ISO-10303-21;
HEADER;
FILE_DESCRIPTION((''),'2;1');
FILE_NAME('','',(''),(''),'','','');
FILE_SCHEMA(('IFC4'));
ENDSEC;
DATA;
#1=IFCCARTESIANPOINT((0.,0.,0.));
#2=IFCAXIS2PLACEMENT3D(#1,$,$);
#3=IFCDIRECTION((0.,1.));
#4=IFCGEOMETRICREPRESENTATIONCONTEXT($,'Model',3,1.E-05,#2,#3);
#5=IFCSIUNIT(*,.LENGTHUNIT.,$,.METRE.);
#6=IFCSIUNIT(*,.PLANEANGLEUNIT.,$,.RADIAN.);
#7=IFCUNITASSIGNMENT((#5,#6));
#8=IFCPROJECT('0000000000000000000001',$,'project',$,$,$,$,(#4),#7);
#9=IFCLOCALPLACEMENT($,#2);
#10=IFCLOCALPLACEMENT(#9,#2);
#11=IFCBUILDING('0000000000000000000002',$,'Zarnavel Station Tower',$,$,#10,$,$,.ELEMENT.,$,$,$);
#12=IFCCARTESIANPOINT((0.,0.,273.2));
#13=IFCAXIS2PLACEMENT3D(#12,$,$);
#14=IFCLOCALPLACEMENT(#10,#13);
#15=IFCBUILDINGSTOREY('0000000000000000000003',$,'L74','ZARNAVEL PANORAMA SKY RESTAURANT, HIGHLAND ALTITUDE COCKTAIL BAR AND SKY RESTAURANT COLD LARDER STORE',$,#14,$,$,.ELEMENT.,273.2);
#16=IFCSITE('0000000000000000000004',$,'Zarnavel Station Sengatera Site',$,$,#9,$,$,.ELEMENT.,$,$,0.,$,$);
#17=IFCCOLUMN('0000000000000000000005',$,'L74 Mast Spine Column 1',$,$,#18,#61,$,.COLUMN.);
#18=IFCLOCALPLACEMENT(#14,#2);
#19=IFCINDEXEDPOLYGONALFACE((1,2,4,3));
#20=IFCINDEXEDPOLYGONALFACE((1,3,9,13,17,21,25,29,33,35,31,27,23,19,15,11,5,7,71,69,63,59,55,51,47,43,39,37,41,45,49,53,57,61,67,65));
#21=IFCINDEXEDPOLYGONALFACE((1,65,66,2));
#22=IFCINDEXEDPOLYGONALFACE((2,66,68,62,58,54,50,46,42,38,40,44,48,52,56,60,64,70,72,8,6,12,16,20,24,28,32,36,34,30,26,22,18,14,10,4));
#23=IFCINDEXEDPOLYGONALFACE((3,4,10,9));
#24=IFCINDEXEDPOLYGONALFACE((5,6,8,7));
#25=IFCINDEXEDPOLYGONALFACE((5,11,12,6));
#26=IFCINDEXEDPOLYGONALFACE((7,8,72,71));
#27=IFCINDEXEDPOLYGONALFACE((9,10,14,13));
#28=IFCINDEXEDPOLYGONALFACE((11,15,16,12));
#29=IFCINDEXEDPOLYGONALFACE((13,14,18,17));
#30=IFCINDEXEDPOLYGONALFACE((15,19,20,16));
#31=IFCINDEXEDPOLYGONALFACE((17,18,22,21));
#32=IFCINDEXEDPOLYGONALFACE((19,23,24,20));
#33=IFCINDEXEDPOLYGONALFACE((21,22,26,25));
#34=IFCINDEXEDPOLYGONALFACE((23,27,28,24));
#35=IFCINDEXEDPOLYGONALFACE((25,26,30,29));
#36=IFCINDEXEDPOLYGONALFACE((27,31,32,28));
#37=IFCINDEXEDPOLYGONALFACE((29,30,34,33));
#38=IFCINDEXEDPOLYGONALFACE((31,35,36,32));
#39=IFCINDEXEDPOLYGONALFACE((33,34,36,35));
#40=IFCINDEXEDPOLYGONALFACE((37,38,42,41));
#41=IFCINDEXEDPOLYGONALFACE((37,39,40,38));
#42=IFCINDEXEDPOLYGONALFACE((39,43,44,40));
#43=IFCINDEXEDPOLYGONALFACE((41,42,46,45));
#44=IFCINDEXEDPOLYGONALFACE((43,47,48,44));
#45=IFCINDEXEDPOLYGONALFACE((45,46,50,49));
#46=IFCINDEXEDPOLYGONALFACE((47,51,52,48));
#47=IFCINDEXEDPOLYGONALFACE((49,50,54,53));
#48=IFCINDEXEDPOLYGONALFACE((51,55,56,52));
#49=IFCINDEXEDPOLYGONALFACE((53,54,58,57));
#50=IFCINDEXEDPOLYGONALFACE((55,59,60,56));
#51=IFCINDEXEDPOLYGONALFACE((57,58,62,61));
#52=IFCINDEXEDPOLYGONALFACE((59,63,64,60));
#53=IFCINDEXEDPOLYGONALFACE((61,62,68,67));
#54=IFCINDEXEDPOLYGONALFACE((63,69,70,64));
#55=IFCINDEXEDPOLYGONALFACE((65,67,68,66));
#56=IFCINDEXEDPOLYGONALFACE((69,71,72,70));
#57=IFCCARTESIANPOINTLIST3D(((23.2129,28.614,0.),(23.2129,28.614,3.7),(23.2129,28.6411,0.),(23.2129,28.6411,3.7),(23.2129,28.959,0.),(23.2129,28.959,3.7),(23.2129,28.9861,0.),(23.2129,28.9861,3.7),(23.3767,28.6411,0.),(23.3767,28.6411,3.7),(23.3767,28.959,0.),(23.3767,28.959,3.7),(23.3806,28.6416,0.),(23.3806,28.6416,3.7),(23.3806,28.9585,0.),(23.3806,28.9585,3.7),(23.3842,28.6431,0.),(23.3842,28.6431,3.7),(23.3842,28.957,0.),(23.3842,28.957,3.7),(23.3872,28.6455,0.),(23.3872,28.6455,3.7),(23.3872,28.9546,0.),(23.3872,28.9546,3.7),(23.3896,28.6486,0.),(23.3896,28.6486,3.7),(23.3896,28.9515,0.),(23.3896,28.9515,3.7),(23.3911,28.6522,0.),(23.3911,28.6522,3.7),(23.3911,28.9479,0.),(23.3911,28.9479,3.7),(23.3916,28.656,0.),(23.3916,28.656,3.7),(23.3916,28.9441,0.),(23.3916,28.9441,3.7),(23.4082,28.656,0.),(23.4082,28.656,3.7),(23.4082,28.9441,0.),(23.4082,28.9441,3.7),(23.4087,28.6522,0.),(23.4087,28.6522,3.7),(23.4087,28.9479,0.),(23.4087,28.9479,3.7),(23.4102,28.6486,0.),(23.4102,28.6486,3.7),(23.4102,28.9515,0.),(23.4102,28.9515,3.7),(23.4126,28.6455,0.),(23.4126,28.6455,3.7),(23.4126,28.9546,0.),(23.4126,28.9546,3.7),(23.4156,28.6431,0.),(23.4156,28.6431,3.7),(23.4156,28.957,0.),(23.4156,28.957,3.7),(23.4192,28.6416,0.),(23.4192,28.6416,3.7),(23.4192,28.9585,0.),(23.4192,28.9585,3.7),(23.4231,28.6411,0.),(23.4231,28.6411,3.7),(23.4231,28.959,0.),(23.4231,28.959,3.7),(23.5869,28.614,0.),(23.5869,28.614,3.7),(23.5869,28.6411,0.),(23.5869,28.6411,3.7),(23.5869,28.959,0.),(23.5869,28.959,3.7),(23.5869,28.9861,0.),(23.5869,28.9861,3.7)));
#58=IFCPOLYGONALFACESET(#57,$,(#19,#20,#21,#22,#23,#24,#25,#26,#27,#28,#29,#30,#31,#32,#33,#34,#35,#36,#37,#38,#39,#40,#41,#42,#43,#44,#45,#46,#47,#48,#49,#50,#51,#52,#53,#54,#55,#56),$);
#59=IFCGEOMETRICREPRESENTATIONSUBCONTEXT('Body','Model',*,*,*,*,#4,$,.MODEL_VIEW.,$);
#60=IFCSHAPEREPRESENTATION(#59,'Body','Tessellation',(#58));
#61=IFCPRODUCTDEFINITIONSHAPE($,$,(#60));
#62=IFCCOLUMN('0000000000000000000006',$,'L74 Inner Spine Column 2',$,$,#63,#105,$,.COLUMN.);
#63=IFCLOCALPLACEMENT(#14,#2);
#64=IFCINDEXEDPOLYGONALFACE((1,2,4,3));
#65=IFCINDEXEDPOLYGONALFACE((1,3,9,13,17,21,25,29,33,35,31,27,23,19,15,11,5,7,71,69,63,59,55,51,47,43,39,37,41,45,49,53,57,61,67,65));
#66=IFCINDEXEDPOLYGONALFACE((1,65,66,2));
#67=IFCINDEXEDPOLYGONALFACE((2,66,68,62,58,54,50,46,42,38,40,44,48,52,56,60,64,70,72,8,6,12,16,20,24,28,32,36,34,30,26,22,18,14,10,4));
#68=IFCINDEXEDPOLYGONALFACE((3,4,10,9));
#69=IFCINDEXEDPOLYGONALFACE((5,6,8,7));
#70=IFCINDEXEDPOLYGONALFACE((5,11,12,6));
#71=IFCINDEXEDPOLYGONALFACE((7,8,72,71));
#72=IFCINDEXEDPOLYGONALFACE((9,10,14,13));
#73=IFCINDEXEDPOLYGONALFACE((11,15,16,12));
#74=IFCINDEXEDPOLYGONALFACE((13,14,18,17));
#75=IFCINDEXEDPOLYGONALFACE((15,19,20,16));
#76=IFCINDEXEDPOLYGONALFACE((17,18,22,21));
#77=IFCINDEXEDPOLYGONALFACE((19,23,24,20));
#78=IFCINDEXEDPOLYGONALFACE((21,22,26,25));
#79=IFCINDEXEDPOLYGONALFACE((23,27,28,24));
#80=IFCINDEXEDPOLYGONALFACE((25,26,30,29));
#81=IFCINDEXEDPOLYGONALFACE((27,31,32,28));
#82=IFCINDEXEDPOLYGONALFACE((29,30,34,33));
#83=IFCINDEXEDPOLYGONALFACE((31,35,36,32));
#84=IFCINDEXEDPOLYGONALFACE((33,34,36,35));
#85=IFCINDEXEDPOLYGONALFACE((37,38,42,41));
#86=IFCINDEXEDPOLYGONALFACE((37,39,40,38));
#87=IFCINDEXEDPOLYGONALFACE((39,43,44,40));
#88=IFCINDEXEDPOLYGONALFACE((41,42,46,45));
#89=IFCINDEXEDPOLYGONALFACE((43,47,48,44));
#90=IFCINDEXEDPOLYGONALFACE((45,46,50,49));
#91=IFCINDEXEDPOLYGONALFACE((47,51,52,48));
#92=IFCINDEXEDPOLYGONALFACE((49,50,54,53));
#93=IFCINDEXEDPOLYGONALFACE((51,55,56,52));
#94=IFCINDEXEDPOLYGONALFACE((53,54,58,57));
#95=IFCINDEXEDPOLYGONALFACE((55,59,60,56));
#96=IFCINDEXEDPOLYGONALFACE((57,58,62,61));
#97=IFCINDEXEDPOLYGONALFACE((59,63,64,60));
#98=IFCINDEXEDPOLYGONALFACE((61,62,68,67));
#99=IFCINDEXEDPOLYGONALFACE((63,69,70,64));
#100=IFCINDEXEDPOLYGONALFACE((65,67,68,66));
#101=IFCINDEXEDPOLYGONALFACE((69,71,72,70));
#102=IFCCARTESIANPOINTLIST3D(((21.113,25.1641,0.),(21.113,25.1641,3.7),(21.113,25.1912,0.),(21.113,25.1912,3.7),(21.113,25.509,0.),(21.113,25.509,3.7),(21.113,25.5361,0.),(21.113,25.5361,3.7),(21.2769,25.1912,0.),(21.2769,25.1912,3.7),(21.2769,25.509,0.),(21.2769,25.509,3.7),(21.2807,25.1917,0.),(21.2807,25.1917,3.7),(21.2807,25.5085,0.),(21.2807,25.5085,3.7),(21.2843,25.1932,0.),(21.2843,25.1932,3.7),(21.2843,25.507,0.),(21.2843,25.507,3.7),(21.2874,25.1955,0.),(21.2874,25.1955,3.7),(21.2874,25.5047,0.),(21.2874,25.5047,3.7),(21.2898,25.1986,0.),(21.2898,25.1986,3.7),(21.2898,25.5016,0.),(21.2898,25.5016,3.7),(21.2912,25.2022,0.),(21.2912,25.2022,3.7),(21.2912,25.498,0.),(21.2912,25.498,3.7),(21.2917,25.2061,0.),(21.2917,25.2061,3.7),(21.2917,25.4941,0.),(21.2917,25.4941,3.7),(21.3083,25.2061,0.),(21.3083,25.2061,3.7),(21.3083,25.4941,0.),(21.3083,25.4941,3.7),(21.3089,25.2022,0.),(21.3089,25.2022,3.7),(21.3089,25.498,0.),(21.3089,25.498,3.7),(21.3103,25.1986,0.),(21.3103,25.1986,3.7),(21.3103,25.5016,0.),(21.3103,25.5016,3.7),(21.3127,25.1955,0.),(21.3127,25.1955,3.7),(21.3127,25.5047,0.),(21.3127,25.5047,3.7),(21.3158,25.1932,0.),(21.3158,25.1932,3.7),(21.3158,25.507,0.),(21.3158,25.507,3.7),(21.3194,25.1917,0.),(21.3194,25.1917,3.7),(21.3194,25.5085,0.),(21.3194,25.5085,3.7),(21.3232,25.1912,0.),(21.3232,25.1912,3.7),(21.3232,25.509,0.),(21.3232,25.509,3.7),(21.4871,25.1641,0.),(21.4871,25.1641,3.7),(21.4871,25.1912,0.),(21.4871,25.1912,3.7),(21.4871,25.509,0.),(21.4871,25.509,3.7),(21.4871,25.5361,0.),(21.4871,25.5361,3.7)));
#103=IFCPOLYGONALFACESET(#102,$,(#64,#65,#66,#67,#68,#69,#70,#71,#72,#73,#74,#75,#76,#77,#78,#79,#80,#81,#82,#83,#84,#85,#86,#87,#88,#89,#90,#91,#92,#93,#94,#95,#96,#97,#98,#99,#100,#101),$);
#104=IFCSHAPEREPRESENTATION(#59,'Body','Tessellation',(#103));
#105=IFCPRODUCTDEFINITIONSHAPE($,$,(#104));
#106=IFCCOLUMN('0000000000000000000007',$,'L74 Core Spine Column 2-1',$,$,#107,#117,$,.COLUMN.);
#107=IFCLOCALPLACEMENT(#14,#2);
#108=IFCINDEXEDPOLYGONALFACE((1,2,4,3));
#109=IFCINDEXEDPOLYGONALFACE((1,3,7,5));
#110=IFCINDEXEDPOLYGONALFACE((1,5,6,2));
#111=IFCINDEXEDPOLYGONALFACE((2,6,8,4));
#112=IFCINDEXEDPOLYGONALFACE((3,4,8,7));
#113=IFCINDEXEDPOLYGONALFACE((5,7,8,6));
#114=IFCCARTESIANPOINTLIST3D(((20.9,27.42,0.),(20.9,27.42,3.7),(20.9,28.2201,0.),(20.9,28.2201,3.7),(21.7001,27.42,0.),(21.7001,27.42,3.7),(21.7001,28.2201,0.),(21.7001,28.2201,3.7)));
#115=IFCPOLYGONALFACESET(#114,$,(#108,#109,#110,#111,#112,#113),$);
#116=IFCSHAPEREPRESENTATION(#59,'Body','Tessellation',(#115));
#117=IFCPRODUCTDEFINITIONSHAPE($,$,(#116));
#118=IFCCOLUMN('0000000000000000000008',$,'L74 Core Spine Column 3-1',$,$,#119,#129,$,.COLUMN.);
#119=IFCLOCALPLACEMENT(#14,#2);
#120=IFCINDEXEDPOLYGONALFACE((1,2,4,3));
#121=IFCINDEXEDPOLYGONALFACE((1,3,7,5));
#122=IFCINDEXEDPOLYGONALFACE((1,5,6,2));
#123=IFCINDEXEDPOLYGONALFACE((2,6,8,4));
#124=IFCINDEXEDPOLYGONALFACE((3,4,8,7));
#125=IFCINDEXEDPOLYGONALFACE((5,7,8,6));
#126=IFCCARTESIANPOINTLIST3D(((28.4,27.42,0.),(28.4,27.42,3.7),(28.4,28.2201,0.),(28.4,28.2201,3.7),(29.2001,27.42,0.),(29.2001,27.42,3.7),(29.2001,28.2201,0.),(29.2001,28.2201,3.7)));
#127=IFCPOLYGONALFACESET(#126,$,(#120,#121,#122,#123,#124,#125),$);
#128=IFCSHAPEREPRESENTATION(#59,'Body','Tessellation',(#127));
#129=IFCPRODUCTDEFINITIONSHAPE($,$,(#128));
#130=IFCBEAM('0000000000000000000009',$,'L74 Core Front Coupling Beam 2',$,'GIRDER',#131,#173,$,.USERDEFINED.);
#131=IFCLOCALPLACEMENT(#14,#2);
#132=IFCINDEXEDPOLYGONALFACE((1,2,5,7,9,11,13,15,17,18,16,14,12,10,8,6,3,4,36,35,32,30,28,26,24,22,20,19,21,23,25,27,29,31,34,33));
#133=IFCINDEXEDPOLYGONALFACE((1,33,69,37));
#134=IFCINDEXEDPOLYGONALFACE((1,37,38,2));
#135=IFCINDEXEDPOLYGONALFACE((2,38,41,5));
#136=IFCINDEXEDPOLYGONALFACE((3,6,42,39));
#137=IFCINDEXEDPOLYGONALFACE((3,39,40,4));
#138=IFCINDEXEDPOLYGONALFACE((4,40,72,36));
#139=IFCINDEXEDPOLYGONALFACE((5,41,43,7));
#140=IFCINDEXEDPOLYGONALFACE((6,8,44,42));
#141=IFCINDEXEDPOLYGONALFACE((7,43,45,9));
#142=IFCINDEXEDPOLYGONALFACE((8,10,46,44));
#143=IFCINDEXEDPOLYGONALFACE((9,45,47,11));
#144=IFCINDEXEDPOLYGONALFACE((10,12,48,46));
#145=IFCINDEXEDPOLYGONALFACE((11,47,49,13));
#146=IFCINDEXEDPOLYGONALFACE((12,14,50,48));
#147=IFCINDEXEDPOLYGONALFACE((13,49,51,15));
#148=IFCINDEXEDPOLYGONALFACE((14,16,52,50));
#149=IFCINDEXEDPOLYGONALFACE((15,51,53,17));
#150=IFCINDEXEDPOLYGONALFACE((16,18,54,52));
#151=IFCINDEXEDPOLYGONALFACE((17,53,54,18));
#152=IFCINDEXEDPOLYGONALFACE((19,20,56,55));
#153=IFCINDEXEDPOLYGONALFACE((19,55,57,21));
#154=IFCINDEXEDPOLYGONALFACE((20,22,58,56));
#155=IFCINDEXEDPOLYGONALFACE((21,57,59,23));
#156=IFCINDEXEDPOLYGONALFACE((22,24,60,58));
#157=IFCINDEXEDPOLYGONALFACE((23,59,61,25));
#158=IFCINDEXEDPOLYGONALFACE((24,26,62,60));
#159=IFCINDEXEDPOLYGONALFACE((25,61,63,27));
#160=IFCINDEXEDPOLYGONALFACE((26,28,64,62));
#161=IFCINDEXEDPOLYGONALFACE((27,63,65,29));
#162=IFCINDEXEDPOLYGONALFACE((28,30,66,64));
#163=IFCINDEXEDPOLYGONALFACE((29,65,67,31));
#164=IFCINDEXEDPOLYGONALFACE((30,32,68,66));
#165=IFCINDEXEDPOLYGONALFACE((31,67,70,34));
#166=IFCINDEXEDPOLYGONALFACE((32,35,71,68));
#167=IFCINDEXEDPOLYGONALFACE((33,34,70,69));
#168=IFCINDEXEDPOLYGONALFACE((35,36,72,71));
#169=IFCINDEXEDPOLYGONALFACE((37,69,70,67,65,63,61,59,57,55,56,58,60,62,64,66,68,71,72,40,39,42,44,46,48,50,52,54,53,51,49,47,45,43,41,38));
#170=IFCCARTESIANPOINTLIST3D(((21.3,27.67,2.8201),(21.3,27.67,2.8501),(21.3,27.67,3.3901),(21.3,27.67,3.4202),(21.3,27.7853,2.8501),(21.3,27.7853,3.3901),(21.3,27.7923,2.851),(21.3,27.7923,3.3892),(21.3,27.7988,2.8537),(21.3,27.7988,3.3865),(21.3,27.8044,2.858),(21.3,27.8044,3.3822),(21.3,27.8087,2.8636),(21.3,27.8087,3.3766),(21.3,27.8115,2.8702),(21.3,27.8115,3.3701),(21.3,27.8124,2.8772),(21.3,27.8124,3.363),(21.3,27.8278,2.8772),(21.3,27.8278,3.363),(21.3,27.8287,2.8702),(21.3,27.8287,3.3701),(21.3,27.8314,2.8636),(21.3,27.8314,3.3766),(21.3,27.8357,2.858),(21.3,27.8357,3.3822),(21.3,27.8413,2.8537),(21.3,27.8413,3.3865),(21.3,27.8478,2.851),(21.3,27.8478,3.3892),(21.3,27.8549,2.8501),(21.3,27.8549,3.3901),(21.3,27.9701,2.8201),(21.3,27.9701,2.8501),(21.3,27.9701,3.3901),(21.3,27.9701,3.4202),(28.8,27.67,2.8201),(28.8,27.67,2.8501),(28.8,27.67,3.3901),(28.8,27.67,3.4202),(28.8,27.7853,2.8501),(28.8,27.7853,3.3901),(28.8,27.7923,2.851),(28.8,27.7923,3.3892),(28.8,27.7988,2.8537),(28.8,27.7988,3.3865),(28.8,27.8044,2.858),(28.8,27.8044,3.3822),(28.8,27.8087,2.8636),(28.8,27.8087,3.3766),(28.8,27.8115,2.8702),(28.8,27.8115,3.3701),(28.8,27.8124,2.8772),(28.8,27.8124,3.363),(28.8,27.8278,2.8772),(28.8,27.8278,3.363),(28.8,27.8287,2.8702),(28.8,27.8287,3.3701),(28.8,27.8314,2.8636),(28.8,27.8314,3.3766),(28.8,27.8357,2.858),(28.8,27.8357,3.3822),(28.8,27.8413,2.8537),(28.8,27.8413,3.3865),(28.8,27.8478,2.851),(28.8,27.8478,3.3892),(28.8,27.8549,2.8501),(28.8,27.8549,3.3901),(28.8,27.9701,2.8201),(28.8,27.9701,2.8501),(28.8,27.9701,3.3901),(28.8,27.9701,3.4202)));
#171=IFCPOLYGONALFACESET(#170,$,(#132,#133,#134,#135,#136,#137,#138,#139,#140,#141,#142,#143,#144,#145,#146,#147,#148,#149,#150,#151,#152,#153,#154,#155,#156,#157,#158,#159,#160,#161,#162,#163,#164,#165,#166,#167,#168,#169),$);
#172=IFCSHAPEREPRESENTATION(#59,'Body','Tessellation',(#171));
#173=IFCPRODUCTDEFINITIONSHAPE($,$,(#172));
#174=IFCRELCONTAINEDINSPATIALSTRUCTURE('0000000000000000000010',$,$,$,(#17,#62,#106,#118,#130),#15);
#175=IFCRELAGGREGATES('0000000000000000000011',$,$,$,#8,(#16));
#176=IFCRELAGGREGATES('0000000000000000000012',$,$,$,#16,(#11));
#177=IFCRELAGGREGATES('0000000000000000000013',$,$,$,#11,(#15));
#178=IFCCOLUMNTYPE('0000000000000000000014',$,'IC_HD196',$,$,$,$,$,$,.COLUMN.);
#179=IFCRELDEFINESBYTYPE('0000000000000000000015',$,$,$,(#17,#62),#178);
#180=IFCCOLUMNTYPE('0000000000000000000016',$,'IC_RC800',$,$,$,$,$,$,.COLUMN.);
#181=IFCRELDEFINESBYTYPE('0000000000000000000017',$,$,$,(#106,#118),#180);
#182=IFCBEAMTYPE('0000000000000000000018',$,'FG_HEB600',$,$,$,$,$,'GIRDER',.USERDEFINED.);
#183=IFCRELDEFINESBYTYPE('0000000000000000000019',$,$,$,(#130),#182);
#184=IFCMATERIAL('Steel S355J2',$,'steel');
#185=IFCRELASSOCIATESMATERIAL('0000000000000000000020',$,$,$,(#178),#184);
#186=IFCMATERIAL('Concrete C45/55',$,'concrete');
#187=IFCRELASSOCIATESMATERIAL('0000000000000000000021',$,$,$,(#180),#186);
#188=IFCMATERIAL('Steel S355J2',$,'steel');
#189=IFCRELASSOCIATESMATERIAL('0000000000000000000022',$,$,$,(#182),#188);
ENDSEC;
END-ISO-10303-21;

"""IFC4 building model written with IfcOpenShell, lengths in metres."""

from ifc_helpers import new_model, si_unit, direction, frame, origin, origin_2d, place, context, subcontext, project, spatial, rectangle, i_section, extrude, material, material_profile, profile_set, type_object, element, save


model = new_model("IFC4")

# Units and contexts
model_context = context("Model", 3, precision=1e-05, world=origin(), true_north=direction((0.0, 1.0)))
body_context = subcontext(model_context, "Body", "Model", "MODEL_VIEW")
ifc_project = project(units=[si_unit("LENGTHUNIT", "METRE"), si_unit("PLANEANGLEUNIT", "RADIAN")], contexts=[model_context])

# Site, building, storey
site_placement = place(None, origin())
site = spatial("IfcSite", under=ifc_project, at=site_placement, Name="Zarnavel Station Sengatera Site", CompositionType="ELEMENT", RefElevation=0.0)
building_placement = place(site_placement, origin())
building = spatial("IfcBuilding", under=site, at=building_placement, Name="Zarnavel Station Tower", CompositionType="ELEMENT")
storey_placement = place(building_placement, frame((0.0, 0.0, 273.2)))
storey = spatial("IfcBuildingStorey", under=building, at=storey_placement, Name="L74", Description="ZARNAVEL PANORAMA SKY RESTAURANT, HIGHLAND ALTITUDE COCKTAIL BAR AND SKY RESTAURANT COLD LARDER STORE", CompositionType="ELEMENT", Elevation=273.2)

# Columns
ifc_material_1 = material(Name="Steel S355J2", Category="steel")
ifc_material_profile_1 = material_profile(ifc_material_1, i_section(OverallWidth=0.374, OverallDepth=0.3721, WebThickness=0.0166, FlangeThickness=0.0271, FilletRadius=0.0149, at=origin_2d()), Name="HD360x196")
ifc_profile_set_1 = profile_set([ifc_material_profile_1], Name="Steel S355J2")
column_type_1 = type_object("IfcColumnType", Name="IC_HD196", PredefinedType="COLUMN", material=ifc_profile_set_1)
for number, where, z_axis, x_axis, name in (
    (1, (23.3999, 28.8, 0.0), (0.0, 0.0, 1.0), (1.0, 0.0, 0.0), "L74 Mast Spine Column 1"),
    (2, (21.3, 25.3501, 0.0), (0.0, 0.0, 1.0), (1.0, 0.0, 0.0), "L74 Inner Spine Column 2"),
):
    element("IfcColumn", number, at=place(storey_placement, frame(where, z_axis=z_axis, x_axis=x_axis)), inside=storey, type_object=column_type_1, Name=name, PredefinedType="COLUMN", context=body_context, shape_type="SweptSolid", body=[
        extrude(i_section(OverallWidth=0.374, OverallDepth=0.3721, WebThickness=0.0166, FlangeThickness=0.0271, FilletRadius=0.0149, at=origin_2d()), origin(), (0.0, 0.0, 1.0), 3.7),
    ])
ifc_material_2 = material(Name="Concrete C45/55", Category="concrete")
ifc_material_profile_2 = material_profile(ifc_material_2, rectangle(XDim=0.8, YDim=0.8, at=origin_2d()), Name="RC800x800")
ifc_profile_set_2 = profile_set([ifc_material_profile_2], Name="Concrete C45/55")
column_type_2 = type_object("IfcColumnType", Name="IC_RC800", PredefinedType="COLUMN", material=ifc_profile_set_2)
for number, where, z_axis, x_axis, name in (
    (3, (21.3, 27.8201, 0.0), (0.0, 0.0, 1.0), (1.0, 0.0, 0.0), "L74 Core Spine Column 2-1"),
    (4, (28.8, 27.8201, 0.0), (0.0, 0.0, 1.0), (1.0, 0.0, 0.0), "L74 Core Spine Column 3-1"),
):
    element("IfcColumn", number, at=place(storey_placement, frame(where, z_axis=z_axis, x_axis=x_axis)), inside=storey, type_object=column_type_2, Name=name, PredefinedType="COLUMN", context=body_context, shape_type="SweptSolid", body=[
        extrude(rectangle(XDim=0.8, YDim=0.8, at=origin_2d()), origin(), (0.0, 0.0, 1.0), 3.7),
    ])

# Beam
ifc_material_3 = material(Name="Steel S355J2", Category="steel")
ifc_material_profile_3 = material_profile(ifc_material_3, i_section(OverallWidth=0.3, OverallDepth=0.6001, WebThickness=0.0154, FlangeThickness=0.03, FilletRadius=0.0271, at=origin_2d()), Name="HEB600")
ifc_profile_set_3 = profile_set([ifc_material_profile_3], Name="Steel S355J2")
beam_type_1 = type_object("IfcBeamType", Name="FG_HEB600", ElementType="GIRDER", PredefinedType="USERDEFINED", material=ifc_profile_set_3)
beam_1_placement = place(storey_placement, frame((21.3, 27.8201, 3.1201), z_axis=(1.0, 0.0, 0.0), x_axis=(0.0, 1.0, 0.0)))
element("IfcBeam", 5, at=beam_1_placement, inside=storey, type_object=beam_type_1, Name="L74 Core Front Coupling Beam 2", ObjectType="GIRDER", PredefinedType="USERDEFINED", context=body_context, shape_type="SweptSolid", body=[
    extrude(i_section(OverallWidth=0.3, OverallDepth=0.6001, WebThickness=0.0154, FlangeThickness=0.03, FilletRadius=0.0271, at=origin_2d()), origin(), (0.0, 0.0, 1.0), 7.5),
])

save(model, "model.ifc")
